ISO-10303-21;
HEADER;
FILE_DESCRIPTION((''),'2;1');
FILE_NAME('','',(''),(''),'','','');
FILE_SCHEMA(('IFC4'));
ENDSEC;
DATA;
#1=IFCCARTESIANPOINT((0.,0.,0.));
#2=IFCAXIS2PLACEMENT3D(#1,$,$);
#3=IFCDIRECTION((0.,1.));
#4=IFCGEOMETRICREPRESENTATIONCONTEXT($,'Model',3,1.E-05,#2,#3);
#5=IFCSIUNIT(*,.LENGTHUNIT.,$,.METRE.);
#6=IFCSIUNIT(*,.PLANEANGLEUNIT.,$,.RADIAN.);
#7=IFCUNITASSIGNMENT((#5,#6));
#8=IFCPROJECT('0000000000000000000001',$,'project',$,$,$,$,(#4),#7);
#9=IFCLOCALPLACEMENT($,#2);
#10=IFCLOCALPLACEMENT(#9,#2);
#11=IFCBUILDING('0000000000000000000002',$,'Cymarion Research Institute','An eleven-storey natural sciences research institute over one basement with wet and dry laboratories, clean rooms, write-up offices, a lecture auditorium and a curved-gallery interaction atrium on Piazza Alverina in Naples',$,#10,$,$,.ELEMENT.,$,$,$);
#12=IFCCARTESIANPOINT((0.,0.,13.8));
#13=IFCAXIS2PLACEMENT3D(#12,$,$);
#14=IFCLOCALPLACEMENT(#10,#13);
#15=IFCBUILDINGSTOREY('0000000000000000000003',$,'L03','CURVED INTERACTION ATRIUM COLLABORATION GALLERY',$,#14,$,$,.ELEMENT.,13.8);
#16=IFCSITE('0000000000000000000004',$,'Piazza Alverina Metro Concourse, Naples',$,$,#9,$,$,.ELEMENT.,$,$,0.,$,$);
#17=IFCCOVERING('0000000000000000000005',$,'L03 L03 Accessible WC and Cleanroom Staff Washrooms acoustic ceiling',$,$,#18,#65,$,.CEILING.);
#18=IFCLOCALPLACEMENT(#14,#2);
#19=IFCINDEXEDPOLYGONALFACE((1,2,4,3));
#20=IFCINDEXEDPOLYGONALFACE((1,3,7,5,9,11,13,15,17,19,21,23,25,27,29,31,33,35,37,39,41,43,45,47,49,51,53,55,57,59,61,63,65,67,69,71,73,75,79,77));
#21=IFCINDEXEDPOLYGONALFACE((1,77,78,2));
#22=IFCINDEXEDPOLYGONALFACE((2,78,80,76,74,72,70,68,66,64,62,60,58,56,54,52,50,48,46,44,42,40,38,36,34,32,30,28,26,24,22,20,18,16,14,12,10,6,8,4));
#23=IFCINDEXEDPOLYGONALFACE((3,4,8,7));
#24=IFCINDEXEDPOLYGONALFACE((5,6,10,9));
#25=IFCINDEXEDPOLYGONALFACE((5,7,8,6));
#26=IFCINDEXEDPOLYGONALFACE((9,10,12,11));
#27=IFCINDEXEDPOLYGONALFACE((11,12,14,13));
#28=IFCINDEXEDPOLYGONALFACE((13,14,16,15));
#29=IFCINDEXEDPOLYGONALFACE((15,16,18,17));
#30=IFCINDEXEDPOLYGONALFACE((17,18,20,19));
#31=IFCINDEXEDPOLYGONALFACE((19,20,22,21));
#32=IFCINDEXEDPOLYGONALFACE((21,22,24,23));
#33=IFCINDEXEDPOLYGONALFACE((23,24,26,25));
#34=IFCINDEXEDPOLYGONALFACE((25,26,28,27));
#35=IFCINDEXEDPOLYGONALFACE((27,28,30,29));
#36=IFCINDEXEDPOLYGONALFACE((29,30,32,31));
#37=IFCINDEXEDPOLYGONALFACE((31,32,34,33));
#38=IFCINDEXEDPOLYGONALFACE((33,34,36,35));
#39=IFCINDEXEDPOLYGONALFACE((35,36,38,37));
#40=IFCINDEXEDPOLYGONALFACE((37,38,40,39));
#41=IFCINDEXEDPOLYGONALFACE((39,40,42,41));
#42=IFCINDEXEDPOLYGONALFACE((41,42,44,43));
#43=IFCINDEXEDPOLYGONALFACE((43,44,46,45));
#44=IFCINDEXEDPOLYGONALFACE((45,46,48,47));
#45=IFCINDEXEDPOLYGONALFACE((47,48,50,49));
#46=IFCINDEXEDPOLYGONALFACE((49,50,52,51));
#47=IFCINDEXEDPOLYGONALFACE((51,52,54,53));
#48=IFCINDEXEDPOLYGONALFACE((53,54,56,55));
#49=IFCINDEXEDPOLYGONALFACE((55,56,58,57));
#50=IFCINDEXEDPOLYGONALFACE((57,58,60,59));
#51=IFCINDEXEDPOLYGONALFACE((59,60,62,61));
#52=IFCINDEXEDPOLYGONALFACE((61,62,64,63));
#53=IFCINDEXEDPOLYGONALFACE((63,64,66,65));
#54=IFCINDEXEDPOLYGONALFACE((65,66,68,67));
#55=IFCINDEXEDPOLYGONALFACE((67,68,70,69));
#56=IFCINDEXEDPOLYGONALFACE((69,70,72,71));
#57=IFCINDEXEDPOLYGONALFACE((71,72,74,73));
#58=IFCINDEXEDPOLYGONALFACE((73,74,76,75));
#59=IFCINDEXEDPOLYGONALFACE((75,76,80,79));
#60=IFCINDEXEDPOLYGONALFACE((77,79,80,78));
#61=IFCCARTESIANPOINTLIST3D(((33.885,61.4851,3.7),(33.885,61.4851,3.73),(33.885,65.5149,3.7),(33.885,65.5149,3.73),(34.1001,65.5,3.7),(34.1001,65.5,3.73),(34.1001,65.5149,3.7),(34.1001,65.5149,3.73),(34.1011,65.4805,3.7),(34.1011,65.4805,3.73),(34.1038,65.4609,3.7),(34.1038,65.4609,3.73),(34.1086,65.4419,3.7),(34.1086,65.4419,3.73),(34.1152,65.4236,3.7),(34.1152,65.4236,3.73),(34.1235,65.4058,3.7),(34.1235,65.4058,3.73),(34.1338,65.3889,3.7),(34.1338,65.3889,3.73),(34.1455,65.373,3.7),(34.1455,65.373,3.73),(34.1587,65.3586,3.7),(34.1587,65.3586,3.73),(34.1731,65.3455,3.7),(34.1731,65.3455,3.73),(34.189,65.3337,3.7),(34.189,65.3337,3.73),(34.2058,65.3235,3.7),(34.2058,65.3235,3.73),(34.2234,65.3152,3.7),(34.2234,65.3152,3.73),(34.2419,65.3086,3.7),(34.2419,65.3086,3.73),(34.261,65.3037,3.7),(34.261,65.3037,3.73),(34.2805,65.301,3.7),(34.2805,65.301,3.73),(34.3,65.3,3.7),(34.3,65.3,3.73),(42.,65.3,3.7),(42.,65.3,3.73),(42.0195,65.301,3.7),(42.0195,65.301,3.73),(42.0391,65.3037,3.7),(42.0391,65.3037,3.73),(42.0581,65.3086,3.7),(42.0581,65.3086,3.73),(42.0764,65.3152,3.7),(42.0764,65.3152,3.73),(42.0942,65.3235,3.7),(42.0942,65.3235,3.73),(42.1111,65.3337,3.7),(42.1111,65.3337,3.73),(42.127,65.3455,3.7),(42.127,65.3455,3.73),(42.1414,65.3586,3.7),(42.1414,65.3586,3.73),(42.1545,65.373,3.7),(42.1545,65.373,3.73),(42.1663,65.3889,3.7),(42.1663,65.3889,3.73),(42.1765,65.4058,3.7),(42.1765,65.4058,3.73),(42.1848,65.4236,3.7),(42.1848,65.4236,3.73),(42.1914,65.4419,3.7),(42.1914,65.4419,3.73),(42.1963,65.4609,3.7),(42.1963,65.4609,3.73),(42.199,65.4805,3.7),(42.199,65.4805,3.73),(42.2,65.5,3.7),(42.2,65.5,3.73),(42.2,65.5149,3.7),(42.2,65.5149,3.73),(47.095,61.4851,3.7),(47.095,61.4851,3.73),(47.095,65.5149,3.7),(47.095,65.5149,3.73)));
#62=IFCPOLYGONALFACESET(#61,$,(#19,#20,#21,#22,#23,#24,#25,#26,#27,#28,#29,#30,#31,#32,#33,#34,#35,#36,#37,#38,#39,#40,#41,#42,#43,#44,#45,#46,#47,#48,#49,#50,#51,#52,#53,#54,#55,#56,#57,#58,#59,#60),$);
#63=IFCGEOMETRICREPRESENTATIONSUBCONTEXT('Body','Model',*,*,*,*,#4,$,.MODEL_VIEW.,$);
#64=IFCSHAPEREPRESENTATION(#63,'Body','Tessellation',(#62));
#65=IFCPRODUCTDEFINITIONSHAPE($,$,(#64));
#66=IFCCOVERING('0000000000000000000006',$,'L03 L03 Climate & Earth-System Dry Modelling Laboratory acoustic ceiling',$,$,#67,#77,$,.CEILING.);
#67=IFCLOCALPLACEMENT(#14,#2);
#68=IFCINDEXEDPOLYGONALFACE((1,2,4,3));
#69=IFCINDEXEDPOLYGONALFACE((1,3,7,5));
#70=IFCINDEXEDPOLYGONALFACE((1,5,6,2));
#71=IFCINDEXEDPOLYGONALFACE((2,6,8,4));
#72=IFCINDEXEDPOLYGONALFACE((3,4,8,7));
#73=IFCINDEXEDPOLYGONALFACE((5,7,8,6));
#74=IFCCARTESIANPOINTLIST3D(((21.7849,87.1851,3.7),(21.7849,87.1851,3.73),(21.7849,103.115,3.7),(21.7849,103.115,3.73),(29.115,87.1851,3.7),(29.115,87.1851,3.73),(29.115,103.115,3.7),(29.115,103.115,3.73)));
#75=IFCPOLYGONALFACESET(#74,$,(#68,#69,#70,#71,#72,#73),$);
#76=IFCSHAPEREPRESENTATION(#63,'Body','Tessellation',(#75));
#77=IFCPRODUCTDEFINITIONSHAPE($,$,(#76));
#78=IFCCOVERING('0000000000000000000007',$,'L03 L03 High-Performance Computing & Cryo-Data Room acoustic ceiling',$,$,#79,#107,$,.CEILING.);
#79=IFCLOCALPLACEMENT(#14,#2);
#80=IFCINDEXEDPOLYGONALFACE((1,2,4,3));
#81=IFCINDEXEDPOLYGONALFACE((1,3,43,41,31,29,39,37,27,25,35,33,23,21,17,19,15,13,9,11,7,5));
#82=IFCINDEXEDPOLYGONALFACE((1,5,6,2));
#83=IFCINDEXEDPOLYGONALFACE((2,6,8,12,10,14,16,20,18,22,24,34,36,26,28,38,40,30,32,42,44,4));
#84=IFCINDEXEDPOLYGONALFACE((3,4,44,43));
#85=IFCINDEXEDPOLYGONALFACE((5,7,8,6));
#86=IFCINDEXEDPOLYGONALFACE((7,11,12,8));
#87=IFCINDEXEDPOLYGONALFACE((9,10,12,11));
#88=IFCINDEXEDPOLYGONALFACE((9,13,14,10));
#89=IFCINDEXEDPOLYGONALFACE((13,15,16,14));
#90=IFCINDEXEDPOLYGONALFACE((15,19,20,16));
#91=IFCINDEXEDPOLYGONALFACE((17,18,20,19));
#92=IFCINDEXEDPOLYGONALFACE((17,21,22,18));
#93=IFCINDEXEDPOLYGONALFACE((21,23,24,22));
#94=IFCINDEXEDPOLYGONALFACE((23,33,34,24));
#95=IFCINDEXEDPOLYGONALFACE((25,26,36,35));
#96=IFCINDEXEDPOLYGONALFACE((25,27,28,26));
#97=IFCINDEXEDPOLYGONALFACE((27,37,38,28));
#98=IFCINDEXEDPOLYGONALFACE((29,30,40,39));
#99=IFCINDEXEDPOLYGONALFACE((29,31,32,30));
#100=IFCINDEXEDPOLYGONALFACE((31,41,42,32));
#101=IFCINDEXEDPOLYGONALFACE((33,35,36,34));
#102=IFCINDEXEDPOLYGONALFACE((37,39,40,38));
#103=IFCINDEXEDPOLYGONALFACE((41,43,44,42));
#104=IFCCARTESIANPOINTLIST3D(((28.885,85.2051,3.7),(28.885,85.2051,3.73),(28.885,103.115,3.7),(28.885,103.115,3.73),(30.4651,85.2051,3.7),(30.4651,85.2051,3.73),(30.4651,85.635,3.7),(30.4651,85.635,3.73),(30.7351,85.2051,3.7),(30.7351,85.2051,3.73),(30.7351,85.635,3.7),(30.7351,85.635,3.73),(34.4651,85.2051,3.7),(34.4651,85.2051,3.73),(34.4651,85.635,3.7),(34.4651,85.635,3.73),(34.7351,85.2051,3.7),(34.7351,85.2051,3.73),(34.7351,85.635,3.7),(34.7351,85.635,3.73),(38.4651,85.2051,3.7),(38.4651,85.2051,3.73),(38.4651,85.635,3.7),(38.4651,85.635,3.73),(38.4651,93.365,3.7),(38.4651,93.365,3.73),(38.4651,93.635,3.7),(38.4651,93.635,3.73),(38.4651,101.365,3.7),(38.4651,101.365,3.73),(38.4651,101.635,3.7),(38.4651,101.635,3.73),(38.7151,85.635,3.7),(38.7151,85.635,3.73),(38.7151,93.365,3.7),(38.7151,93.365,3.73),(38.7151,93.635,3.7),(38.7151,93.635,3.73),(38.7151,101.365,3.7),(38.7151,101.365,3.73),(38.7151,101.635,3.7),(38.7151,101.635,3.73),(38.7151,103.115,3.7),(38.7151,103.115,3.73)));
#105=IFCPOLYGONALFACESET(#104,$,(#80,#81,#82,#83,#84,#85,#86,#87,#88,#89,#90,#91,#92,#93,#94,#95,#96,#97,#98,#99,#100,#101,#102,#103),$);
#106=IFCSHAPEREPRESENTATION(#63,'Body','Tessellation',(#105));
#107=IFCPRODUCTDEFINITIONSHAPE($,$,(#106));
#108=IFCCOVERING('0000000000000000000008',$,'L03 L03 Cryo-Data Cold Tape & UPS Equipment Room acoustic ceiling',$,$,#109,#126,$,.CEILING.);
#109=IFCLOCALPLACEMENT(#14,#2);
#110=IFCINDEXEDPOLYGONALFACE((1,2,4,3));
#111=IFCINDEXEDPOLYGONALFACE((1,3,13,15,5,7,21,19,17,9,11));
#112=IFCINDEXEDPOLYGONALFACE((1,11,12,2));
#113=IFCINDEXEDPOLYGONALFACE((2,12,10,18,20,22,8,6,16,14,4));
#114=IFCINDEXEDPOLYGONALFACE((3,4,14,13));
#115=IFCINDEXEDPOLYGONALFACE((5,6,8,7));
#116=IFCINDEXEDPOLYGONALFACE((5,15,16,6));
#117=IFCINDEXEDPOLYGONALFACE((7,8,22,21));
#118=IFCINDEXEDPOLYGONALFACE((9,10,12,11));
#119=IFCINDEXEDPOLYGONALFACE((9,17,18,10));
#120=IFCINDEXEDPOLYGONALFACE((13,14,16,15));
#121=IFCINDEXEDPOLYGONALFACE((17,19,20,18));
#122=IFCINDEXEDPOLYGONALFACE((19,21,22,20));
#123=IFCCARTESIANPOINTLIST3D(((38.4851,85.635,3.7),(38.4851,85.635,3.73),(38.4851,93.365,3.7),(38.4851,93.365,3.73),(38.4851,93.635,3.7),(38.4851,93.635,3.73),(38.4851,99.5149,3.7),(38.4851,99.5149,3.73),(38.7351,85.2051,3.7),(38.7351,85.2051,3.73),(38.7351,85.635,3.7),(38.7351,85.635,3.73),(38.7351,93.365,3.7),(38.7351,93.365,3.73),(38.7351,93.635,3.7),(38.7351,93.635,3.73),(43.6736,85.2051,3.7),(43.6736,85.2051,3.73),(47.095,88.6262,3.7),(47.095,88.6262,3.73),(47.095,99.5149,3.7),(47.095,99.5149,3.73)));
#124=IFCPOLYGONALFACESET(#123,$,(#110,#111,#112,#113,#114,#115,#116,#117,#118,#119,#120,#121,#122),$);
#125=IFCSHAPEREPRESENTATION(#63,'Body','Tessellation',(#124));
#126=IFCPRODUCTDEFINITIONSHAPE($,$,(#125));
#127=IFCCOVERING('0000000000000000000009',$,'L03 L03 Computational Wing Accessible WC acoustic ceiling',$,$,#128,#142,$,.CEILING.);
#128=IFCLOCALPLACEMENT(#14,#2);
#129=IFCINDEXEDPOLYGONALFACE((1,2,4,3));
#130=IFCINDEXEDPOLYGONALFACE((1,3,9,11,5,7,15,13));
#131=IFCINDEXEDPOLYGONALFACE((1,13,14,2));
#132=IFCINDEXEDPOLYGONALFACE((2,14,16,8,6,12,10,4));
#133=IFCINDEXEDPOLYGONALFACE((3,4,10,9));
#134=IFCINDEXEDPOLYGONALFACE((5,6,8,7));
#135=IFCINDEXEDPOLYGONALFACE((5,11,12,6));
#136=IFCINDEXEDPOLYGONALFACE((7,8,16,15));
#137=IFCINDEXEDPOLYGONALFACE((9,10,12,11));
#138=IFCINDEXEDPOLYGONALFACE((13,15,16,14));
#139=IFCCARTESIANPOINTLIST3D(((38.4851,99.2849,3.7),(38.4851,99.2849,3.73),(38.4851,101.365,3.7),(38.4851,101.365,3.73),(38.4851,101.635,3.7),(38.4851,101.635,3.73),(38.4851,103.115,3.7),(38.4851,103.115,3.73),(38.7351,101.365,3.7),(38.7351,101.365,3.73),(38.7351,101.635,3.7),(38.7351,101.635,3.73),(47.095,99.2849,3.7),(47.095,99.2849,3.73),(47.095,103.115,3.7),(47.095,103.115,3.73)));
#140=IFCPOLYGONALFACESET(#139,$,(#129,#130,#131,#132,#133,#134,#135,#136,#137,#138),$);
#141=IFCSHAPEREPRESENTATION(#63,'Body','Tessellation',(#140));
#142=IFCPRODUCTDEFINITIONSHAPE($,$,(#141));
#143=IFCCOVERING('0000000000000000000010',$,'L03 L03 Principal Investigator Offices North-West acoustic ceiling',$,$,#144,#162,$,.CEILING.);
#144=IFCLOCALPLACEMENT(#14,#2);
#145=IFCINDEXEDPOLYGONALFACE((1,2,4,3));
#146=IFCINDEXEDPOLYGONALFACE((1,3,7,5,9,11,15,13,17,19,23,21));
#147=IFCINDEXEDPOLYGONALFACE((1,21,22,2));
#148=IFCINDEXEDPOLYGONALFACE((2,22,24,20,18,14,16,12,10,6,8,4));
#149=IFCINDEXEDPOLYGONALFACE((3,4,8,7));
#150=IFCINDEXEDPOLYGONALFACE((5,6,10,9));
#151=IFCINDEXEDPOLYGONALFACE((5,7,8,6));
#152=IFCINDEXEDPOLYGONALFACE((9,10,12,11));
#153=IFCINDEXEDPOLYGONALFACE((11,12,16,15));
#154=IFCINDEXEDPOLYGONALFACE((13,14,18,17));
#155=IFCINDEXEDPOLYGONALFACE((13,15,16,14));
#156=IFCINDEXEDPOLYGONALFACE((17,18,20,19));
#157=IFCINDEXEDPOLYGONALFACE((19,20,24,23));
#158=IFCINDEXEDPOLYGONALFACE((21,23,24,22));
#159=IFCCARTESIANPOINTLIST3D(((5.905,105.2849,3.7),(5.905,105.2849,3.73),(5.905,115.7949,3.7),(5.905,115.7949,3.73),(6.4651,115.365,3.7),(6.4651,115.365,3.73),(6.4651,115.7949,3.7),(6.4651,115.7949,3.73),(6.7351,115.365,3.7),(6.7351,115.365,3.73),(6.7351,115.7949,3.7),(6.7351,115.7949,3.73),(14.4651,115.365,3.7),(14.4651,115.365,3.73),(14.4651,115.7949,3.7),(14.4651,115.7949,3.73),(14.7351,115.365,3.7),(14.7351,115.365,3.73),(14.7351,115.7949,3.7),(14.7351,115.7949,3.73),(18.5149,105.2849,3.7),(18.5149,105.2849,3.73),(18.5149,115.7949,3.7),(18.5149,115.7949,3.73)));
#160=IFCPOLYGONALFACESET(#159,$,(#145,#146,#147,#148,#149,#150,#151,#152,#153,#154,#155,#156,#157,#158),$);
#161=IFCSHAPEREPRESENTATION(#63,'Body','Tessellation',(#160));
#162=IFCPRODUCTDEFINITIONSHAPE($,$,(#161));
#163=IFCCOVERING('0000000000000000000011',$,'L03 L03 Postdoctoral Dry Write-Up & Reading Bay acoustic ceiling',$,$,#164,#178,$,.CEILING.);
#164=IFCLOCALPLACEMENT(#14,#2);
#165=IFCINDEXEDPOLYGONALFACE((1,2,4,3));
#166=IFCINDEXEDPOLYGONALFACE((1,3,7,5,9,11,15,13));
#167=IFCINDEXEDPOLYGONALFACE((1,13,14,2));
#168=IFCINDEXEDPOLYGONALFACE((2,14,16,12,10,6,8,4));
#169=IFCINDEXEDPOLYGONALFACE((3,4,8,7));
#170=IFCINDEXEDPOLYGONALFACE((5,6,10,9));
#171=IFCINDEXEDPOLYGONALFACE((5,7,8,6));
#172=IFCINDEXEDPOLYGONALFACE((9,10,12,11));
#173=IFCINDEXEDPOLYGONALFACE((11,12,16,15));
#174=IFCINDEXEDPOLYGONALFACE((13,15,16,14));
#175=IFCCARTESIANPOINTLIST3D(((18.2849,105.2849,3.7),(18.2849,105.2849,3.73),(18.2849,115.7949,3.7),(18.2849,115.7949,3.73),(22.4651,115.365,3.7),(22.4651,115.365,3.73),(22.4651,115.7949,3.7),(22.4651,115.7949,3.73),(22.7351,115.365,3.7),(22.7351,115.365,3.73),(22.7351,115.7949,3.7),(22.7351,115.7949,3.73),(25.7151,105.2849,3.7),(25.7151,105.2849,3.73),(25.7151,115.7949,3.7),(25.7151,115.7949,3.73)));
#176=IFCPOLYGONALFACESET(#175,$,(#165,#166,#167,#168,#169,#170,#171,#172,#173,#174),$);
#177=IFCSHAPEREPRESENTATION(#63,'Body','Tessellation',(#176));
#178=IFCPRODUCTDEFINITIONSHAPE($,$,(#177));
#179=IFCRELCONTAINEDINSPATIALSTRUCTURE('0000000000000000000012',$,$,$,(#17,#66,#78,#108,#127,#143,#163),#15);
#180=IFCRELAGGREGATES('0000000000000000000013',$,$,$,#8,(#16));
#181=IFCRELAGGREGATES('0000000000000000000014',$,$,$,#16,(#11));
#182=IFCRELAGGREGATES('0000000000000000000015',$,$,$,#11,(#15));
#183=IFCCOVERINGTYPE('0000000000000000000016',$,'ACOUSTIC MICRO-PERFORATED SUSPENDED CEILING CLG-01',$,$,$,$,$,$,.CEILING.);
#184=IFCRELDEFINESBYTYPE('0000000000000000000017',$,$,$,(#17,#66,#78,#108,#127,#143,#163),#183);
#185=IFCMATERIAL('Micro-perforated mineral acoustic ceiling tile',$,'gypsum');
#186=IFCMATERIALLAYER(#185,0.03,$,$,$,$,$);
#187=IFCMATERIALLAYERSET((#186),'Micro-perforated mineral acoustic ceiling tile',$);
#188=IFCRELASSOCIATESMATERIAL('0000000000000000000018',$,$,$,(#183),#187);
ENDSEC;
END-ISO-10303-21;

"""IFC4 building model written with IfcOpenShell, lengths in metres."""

from ifc_helpers import new_model, si_unit, direction, frame, origin, place, context, subcontext, project, spatial, polyline, outline, extrude, material, layer, layer_set, type_object, element, save


model = new_model("IFC4")

# Units and contexts
model_context = context("Model", 3, precision=1e-05, world=origin(), true_north=direction((0.0, 1.0)))
body_context = subcontext(model_context, "Body", "Model", "MODEL_VIEW")
ifc_project = project(units=[si_unit("LENGTHUNIT", "METRE"), si_unit("PLANEANGLEUNIT", "RADIAN")], contexts=[model_context])

# Site, building, storey
site_placement = place(None, origin())
site = spatial("IfcSite", under=ifc_project, at=site_placement, Name="Piazza Alverina Metro Concourse, Naples", CompositionType="ELEMENT", RefElevation=0.0)
building_placement = place(site_placement, origin())
building = spatial("IfcBuilding", under=site, at=building_placement, Name="Cymarion Research Institute", Description="An eleven-storey natural sciences research institute over one basement with wet and dry laboratories, clean rooms, write-up offices, a lecture auditorium and a curved-gallery interaction atrium on Piazza Alverina in Naples", CompositionType="ELEMENT")
storey_placement = place(building_placement, frame((0.0, 0.0, 13.8)))
storey = spatial("IfcBuildingStorey", under=building, at=storey_placement, Name="L03", Description="CURVED INTERACTION ATRIUM COLLABORATION GALLERY", CompositionType="ELEMENT", Elevation=13.8)

# Coverings
ifc_material_1 = material(Name="Micro-perforated mineral acoustic ceiling tile", Category="gypsum")
ifc_layer_1 = layer(ifc_material_1, 0.03)
ifc_layer_set_1 = layer_set([ifc_layer_1], Name="Micro-perforated mineral acoustic ceiling tile")
covering_type_1 = type_object("IfcCoveringType", Name="ACOUSTIC MICRO-PERFORATED SUSPENDED CEILING CLG-01", PredefinedType="CEILING", material=ifc_layer_set_1)
covering_1_placement = place(storey_placement, frame((0.0, 0.0, 3.7)))
element("IfcCovering", 1, at=covering_1_placement, inside=storey, type_object=covering_type_1, Name="L03 L03 Accessible WC and Cleanroom Staff Washrooms acoustic ceiling", PredefinedType="CEILING", context=body_context, shape_type="SweptSolid", body=[
    extrude(outline(polyline([(34.1001, 65.5149), (34.1001, 65.5), (34.1011, 65.4805), (34.1038, 65.4609), (34.1086, 65.4419), (34.1152, 65.4236), (34.1235, 65.4058), (34.1338, 65.3889), (34.1455, 65.373), (34.1587, 65.3586), (34.1731, 65.3455), (34.189, 65.3337), (34.2058, 65.3235), (34.2234, 65.3152), (34.2419, 65.3086), (34.261, 65.3037), (34.2805, 65.301), (34.3, 65.3), (42.0, 65.3), (42.0195, 65.301), (42.0391, 65.3037), (42.0581, 65.3086), (42.0764, 65.3152), (42.0942, 65.3235), (42.1111, 65.3337), (42.127, 65.3455), (42.1414, 65.3586), (42.1545, 65.373), (42.1663, 65.3889), (42.1765, 65.4058), (42.1848, 65.4236), (42.1914, 65.4419), (42.1963, 65.4609), (42.199, 65.4805), (42.2, 65.5), (42.2, 65.5149), (47.095, 65.5149), (47.095, 61.4851), (33.885, 61.4851), (33.885, 65.5149), (34.1001, 65.5149)])), origin(), (0.0, 0.0, 1.0), 0.03),
])
covering_2_placement = place(storey_placement, frame((0.0, 0.0, 3.7)))
element("IfcCovering", 2, at=covering_2_placement, inside=storey, type_object=covering_type_1, Name="L03 L03 Climate & Earth-System Dry Modelling Laboratory acoustic ceiling", PredefinedType="CEILING", context=body_context, shape_type="SweptSolid", body=[
    extrude(outline(polyline([(29.115, 103.115), (29.115, 87.1851), (21.7849, 87.1851), (21.7849, 103.115), (29.115, 103.115)])), origin(), (0.0, 0.0, 1.0), 0.03),
])
covering_3_placement = place(storey_placement, frame((0.0, 0.0, 3.7)))
element("IfcCovering", 3, at=covering_3_placement, inside=storey, type_object=covering_type_1, Name="L03 L03 High-Performance Computing & Cryo-Data Room acoustic ceiling", PredefinedType="CEILING", context=body_context, shape_type="SweptSolid", body=[
    extrude(outline(polyline([(38.7151, 101.635), (38.4651, 101.635), (38.4651, 101.365), (38.7151, 101.365), (38.7151, 93.635), (38.4651, 93.635), (38.4651, 93.365), (38.7151, 93.365), (38.7151, 85.635), (38.4651, 85.635), (38.4651, 85.2051), (34.7351, 85.2051), (34.7351, 85.635), (34.4651, 85.635), (34.4651, 85.2051), (30.7351, 85.2051), (30.7351, 85.635), (30.4651, 85.635), (30.4651, 85.2051), (28.885, 85.2051), (28.885, 103.115), (38.7151, 103.115), (38.7151, 101.635)])), origin(), (0.0, 0.0, 1.0), 0.03),
])
covering_4_placement = place(storey_placement, frame((0.0, 0.0, 3.7)))
element("IfcCovering", 4, at=covering_4_placement, inside=storey, type_object=covering_type_1, Name="L03 L03 Cryo-Data Cold Tape & UPS Equipment Room acoustic ceiling", PredefinedType="CEILING", context=body_context, shape_type="SweptSolid", body=[
    extrude(outline(polyline([(47.095, 88.6262), (43.6736, 85.2051), (38.7351, 85.2051), (38.7351, 85.635), (38.4851, 85.635), (38.4851, 93.365), (38.7351, 93.365), (38.7351, 93.635), (38.4851, 93.635), (38.4851, 99.5149), (47.095, 99.5149), (47.095, 88.6262)])), origin(), (0.0, 0.0, 1.0), 0.03),
])
covering_5_placement = place(storey_placement, frame((0.0, 0.0, 3.7)))
element("IfcCovering", 5, at=covering_5_placement, inside=storey, type_object=covering_type_1, Name="L03 L03 Computational Wing Accessible WC acoustic ceiling", PredefinedType="CEILING", context=body_context, shape_type="SweptSolid", body=[
    extrude(outline(polyline([(38.7351, 101.365), (38.7351, 101.635), (38.4851, 101.635), (38.4851, 103.115), (47.095, 103.115), (47.095, 99.2849), (38.4851, 99.2849), (38.4851, 101.365), (38.7351, 101.365)])), origin(), (0.0, 0.0, 1.0), 0.03),
])
covering_6_placement = place(storey_placement, frame((0.0, 0.0, 3.7)))
element("IfcCovering", 6, at=covering_6_placement, inside=storey, type_object=covering_type_1, Name="L03 L03 Principal Investigator Offices North-West acoustic ceiling", PredefinedType="CEILING", context=body_context, shape_type="SweptSolid", body=[
    extrude(outline(polyline([(5.905, 115.7949), (6.4651, 115.7949), (6.4651, 115.365), (6.7351, 115.365), (6.7351, 115.7949), (14.4651, 115.7949), (14.4651, 115.365), (14.7351, 115.365), (14.7351, 115.7949), (18.5149, 115.7949), (18.5149, 105.2849), (5.905, 105.2849), (5.905, 115.7949)])), origin(), (0.0, 0.0, 1.0), 0.03),
])
covering_7_placement = place(storey_placement, frame((0.0, 0.0, 3.7)))
element("IfcCovering", 7, at=covering_7_placement, inside=storey, type_object=covering_type_1, Name="L03 L03 Postdoctoral Dry Write-Up & Reading Bay acoustic ceiling", PredefinedType="CEILING", context=body_context, shape_type="SweptSolid", body=[
    extrude(outline(polyline([(18.2849, 115.7949), (22.4651, 115.7949), (22.4651, 115.365), (22.7351, 115.365), (22.7351, 115.7949), (25.7151, 115.7949), (25.7151, 105.2849), (18.2849, 105.2849), (18.2849, 115.7949)])), origin(), (0.0, 0.0, 1.0), 0.03),
])

save(model, "model.ifc")
